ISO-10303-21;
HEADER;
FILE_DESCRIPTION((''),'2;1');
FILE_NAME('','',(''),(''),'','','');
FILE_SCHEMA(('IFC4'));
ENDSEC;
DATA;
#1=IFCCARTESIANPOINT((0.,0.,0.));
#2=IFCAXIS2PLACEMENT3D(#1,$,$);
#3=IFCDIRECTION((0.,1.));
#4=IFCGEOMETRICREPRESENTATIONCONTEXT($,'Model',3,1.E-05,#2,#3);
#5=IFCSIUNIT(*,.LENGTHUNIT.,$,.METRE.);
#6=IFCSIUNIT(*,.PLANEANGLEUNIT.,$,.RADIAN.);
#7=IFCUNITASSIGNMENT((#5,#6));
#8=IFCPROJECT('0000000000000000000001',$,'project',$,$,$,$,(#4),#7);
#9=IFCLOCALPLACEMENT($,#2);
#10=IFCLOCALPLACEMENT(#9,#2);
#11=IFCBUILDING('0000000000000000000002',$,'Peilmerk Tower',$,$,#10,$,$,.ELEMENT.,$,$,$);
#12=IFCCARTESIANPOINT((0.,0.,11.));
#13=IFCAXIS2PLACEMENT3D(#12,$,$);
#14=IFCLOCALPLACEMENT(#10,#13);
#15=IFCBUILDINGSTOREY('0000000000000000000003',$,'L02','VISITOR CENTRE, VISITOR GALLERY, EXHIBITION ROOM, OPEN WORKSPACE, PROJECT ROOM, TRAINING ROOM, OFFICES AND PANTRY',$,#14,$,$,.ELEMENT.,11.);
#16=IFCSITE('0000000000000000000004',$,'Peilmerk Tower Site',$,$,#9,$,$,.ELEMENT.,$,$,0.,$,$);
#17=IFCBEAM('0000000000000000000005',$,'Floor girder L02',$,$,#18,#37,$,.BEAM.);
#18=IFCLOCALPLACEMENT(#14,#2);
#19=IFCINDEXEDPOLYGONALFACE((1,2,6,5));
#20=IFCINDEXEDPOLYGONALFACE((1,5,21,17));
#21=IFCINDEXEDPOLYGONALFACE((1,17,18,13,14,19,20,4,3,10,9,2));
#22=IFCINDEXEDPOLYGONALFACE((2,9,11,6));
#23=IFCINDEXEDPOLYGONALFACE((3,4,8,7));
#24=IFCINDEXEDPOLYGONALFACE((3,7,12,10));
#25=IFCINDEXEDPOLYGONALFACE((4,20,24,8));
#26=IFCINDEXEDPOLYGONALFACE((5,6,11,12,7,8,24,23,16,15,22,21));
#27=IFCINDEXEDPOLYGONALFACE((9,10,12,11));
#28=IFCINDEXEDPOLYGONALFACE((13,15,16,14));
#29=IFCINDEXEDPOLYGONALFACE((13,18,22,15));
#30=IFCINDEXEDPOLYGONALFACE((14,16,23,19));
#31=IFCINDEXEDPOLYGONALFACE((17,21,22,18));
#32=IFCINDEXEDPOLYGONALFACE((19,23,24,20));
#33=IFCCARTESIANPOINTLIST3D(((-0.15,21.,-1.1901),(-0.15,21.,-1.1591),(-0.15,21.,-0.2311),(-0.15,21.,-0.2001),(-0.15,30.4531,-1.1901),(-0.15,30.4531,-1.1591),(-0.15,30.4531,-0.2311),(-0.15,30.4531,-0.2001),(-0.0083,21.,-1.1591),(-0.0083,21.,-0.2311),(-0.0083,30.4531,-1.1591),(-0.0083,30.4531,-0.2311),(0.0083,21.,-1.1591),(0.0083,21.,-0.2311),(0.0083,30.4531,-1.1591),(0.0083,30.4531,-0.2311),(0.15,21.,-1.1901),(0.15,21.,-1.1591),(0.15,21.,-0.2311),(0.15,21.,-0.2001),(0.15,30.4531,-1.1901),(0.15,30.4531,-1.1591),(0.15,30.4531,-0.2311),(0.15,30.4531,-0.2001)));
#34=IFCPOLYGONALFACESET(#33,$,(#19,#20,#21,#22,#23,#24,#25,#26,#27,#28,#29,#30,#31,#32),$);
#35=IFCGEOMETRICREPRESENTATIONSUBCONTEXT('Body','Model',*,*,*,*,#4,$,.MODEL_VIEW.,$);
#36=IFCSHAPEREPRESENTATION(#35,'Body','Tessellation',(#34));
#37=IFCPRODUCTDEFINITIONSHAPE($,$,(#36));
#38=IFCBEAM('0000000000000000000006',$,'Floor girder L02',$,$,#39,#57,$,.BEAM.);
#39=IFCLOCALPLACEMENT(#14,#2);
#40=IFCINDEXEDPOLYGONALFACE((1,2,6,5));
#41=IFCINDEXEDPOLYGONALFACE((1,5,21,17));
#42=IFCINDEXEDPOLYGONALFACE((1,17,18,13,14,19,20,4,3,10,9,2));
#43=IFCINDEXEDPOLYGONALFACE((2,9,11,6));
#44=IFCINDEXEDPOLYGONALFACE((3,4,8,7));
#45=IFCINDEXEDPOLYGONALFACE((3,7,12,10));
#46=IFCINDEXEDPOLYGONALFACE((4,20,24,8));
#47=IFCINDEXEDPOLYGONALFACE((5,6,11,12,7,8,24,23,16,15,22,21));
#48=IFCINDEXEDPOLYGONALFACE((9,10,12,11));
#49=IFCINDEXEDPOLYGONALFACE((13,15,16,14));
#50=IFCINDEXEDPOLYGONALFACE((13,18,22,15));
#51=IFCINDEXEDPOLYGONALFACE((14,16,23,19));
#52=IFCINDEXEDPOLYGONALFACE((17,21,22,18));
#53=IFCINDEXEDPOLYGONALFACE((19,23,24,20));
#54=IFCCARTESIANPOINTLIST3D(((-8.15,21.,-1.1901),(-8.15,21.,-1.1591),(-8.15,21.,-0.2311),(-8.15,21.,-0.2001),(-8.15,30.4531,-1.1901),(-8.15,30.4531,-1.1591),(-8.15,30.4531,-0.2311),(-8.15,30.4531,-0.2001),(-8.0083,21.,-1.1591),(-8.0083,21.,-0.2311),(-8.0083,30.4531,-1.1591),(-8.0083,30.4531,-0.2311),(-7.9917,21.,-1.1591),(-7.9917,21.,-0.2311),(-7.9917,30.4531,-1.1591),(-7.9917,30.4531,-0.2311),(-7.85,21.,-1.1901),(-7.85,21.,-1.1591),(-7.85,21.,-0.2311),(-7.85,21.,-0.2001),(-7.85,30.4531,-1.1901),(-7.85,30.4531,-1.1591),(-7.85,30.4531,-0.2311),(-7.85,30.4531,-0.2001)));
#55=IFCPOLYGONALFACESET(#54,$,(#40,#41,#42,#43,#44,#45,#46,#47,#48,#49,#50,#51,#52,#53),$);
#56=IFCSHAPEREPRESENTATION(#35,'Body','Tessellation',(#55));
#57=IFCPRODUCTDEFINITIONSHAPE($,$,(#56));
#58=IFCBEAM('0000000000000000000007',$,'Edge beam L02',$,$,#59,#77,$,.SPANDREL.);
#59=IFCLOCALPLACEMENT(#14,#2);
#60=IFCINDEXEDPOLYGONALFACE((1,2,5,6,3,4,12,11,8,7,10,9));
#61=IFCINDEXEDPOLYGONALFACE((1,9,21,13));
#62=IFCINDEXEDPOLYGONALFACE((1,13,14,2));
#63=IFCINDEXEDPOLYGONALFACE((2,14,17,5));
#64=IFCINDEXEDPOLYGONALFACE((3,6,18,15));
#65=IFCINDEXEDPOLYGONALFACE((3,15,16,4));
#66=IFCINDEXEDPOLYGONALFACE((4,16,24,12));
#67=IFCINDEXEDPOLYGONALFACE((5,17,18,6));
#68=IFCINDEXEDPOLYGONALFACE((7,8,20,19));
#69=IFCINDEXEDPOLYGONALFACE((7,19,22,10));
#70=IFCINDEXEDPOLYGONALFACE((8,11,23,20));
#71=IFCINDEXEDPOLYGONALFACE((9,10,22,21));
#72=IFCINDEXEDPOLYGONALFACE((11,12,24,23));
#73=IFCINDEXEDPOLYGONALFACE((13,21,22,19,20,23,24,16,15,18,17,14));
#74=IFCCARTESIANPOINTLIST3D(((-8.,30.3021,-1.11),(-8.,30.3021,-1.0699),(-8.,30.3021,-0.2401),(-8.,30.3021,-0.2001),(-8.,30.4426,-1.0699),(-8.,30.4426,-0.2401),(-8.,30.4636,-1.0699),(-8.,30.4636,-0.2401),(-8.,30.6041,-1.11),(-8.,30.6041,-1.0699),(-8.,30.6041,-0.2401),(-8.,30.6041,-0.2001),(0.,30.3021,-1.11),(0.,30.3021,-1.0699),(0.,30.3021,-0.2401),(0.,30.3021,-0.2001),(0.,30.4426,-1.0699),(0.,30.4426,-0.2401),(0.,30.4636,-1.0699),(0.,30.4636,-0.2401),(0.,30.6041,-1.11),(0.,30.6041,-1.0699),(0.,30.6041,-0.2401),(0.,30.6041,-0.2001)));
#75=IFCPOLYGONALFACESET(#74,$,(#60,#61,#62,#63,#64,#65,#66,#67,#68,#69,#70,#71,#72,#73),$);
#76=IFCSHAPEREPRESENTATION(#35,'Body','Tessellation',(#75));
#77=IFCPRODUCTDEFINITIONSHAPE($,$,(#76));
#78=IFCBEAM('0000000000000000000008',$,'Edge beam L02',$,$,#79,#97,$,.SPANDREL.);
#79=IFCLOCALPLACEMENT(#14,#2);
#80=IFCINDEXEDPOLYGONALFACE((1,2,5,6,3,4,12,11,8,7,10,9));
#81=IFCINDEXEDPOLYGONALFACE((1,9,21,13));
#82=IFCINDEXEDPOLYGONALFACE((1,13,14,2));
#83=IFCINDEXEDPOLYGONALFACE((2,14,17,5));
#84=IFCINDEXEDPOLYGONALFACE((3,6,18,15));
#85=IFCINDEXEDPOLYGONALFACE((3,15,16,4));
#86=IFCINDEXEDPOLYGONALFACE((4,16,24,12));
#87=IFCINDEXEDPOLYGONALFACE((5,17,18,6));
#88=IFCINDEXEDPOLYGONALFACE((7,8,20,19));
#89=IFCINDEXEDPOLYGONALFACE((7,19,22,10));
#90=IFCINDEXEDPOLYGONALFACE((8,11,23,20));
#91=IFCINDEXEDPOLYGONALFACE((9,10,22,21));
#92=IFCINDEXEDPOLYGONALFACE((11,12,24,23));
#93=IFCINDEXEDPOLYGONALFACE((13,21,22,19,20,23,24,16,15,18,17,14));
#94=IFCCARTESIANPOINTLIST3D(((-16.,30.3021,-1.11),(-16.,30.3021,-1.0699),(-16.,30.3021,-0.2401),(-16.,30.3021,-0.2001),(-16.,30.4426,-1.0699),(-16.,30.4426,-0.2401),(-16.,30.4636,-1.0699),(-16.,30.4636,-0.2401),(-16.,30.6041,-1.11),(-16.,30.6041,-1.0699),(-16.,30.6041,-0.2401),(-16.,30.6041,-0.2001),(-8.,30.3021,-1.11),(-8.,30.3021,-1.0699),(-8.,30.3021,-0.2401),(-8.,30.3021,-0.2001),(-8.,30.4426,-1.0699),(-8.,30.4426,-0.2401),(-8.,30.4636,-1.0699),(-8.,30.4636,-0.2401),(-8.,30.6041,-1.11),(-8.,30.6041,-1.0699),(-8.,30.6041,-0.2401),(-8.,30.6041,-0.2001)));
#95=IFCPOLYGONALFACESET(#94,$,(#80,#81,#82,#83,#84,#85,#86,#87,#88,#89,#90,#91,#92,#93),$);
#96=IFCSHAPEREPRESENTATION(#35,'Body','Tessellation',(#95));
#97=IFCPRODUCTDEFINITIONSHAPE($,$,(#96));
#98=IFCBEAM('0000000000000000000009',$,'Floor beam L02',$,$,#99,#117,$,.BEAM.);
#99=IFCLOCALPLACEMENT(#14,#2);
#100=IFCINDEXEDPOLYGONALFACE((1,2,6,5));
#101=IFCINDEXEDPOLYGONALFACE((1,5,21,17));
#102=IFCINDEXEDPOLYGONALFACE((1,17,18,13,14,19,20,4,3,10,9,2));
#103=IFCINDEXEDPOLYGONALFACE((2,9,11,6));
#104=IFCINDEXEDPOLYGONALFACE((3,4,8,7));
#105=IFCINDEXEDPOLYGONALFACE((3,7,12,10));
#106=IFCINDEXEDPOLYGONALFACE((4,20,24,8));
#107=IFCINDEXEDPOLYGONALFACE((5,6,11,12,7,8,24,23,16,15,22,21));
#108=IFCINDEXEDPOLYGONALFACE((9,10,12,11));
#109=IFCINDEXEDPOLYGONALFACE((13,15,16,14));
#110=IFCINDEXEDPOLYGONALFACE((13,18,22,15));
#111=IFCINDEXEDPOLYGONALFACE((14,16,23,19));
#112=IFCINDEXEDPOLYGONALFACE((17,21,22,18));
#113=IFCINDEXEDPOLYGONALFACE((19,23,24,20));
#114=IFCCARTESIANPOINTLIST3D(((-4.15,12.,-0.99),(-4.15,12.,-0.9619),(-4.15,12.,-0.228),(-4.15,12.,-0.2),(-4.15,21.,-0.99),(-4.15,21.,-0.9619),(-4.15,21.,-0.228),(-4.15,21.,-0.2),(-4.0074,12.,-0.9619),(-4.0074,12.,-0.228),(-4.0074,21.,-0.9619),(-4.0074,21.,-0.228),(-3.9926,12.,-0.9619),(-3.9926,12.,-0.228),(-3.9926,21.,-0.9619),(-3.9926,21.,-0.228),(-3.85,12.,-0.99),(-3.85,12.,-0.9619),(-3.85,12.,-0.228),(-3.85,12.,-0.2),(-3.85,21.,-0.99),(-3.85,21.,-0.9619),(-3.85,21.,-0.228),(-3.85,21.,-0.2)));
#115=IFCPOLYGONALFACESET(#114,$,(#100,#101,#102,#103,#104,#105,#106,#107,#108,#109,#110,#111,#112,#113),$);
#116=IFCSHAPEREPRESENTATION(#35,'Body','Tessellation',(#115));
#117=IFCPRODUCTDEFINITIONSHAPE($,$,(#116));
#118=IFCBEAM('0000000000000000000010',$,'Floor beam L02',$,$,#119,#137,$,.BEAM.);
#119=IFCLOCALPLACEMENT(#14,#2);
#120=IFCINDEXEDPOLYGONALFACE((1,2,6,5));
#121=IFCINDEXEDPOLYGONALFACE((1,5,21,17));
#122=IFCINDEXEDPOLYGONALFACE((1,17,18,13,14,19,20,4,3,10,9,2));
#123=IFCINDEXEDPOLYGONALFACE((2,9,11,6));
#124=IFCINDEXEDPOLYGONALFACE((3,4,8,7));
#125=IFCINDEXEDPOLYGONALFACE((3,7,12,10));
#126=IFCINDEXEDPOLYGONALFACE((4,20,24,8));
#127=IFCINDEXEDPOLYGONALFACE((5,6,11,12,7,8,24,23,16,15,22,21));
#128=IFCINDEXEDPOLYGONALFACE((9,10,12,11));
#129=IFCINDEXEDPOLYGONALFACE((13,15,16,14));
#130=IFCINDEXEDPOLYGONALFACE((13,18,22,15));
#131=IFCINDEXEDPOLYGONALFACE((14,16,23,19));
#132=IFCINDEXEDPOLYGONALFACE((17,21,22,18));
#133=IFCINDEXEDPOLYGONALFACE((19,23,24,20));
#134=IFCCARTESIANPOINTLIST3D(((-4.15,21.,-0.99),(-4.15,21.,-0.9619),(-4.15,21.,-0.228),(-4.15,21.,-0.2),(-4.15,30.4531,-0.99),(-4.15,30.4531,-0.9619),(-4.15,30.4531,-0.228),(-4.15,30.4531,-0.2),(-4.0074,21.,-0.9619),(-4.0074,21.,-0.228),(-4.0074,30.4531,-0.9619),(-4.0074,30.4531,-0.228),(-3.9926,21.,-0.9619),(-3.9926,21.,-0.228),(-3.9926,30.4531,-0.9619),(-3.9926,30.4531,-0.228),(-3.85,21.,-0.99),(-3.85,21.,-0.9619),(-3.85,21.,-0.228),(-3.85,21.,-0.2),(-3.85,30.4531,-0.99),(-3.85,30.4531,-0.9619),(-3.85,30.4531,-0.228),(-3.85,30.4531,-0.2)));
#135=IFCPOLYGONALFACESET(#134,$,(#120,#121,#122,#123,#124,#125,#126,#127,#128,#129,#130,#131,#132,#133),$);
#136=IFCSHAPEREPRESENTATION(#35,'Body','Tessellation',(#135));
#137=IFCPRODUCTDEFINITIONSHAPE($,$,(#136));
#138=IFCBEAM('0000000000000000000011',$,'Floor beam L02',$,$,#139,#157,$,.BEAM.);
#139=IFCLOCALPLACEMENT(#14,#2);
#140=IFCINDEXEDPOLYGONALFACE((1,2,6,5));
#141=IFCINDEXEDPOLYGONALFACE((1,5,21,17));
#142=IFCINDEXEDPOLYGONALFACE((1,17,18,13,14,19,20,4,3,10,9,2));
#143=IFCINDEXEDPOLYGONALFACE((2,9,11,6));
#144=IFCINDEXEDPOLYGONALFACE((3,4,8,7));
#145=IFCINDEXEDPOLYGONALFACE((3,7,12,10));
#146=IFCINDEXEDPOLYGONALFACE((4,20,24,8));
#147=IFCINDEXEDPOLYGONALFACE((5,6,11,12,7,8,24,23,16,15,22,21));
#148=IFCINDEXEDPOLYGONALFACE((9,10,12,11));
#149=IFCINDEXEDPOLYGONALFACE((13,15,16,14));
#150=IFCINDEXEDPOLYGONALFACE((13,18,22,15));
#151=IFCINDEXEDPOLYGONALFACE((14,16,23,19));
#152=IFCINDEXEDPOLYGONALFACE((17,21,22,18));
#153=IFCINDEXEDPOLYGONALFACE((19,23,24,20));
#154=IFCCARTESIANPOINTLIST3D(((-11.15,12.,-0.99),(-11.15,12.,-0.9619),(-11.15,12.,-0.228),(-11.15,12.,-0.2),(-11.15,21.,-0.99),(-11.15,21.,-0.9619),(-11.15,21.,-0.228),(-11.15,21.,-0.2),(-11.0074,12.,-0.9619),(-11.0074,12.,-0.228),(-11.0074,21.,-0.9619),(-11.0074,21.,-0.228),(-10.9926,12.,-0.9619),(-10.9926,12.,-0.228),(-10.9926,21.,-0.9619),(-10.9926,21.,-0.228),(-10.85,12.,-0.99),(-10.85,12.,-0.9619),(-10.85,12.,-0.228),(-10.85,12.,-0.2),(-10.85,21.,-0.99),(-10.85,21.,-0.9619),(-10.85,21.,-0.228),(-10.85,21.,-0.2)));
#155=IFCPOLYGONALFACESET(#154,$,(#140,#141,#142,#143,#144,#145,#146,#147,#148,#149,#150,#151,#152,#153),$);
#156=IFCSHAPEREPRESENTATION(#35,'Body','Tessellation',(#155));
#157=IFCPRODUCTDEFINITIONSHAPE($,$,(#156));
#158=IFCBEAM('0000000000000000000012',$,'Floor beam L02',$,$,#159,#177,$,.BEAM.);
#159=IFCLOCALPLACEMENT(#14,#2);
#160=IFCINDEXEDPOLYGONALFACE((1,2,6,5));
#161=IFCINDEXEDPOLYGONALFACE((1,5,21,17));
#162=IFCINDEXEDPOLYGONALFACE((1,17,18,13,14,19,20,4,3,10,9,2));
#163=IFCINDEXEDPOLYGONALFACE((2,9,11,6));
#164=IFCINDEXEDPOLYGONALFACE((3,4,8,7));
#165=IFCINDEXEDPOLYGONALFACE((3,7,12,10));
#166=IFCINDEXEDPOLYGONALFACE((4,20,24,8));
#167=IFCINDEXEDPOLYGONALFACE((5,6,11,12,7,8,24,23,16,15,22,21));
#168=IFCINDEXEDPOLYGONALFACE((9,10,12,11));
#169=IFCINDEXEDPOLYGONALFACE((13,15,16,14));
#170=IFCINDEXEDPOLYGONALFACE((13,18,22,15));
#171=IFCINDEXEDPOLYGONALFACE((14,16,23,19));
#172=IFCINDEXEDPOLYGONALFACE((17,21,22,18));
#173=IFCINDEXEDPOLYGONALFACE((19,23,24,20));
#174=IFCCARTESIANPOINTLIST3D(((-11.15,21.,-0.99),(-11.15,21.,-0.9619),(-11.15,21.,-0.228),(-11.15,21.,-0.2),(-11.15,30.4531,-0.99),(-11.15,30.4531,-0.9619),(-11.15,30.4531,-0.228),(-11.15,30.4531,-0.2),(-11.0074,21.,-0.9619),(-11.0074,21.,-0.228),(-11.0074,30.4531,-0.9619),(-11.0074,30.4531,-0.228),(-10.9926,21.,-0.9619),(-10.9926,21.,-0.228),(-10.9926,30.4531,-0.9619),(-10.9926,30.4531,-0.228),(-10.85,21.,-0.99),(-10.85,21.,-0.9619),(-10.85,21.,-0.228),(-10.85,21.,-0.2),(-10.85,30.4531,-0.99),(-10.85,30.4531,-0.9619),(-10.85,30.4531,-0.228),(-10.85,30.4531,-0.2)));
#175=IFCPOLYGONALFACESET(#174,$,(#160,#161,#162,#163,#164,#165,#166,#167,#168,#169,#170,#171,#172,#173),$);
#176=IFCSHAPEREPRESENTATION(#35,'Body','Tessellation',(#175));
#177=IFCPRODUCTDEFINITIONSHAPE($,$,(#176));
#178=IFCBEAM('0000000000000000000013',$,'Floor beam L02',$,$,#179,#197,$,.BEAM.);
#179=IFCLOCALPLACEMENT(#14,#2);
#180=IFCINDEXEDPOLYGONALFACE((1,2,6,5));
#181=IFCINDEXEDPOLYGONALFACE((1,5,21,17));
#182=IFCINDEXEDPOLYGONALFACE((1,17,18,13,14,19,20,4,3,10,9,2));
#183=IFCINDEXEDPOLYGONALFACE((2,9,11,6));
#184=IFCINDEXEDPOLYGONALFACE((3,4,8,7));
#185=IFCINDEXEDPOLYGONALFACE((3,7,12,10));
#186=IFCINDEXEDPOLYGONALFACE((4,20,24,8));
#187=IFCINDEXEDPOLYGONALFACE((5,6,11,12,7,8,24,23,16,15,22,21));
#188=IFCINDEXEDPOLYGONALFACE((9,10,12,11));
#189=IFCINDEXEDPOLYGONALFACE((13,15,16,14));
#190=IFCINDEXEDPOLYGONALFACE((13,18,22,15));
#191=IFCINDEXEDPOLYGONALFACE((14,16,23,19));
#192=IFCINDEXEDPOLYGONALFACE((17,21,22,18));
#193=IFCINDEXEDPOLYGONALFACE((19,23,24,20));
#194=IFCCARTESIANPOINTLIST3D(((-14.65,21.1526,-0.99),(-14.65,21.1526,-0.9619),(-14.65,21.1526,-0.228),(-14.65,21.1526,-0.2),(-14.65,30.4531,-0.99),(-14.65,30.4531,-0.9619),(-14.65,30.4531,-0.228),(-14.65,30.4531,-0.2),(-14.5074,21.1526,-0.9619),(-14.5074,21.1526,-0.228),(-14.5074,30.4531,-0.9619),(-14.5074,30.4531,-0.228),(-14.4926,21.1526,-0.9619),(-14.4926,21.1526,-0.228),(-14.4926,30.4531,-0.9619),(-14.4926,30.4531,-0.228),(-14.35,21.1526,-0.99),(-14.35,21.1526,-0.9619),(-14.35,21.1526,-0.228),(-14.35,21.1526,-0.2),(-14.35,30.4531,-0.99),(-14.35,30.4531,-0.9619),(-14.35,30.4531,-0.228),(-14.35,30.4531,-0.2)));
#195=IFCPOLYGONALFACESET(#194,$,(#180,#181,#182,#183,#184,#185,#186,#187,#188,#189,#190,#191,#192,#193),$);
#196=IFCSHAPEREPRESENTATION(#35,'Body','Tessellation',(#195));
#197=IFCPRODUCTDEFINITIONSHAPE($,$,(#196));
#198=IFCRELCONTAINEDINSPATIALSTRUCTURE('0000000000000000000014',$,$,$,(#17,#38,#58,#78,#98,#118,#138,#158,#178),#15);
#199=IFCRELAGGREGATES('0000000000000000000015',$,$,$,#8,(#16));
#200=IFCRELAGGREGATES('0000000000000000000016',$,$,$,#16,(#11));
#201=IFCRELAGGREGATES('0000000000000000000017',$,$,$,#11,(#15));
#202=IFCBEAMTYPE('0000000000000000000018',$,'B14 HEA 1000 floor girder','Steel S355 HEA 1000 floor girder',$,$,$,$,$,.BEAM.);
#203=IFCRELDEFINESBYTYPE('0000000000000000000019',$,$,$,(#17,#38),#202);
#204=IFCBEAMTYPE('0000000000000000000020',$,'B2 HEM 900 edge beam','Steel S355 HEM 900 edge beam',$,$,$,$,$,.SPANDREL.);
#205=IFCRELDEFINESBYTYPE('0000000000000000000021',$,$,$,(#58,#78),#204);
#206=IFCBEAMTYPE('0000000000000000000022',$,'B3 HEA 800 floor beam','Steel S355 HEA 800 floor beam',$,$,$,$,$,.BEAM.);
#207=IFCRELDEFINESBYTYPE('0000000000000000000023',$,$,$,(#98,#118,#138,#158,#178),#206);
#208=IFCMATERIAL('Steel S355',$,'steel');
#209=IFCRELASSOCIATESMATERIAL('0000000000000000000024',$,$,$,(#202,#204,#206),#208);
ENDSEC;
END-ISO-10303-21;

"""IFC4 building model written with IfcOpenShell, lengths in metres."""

from ifc_helpers import new_model, si_unit, direction, frame, origin, origin_2d, place, context, subcontext, project, spatial, i_section, extrude, material, material_profile, profile_set, type_object, element, save


model = new_model("IFC4")

# Units and contexts
model_context = context("Model", 3, precision=1e-05, world=origin(), true_north=direction((0.0, 1.0)))
body_context = subcontext(model_context, "Body", "Model", "MODEL_VIEW")
ifc_project = project(units=[si_unit("LENGTHUNIT", "METRE"), si_unit("PLANEANGLEUNIT", "RADIAN")], contexts=[model_context])

# Site, building, storey
site_placement = place(None, origin())
site = spatial("IfcSite", under=ifc_project, at=site_placement, Name="Peilmerk Tower Site", CompositionType="ELEMENT", RefElevation=0.0)
building_placement = place(site_placement, origin())
building = spatial("IfcBuilding", under=site, at=building_placement, Name="Peilmerk Tower", CompositionType="ELEMENT")
storey_placement = place(building_placement, frame((0.0, 0.0, 11.0)))
storey = spatial("IfcBuildingStorey", under=building, at=storey_placement, Name="L02", Description="VISITOR CENTRE, VISITOR GALLERY, EXHIBITION ROOM, OPEN WORKSPACE, PROJECT ROOM, TRAINING ROOM, OFFICES AND PANTRY", CompositionType="ELEMENT", Elevation=11.0)

# Beams
ifc_material_1 = material(Name="Steel S355", Category="steel")
ifc_material_profile_1 = material_profile(ifc_material_1, i_section(OverallWidth=0.3, OverallDepth=0.99, WebThickness=0.0166, FlangeThickness=0.031, at=origin_2d()), Name="HEA 1000")
ifc_profile_set_1 = profile_set([ifc_material_profile_1], Name="Steel S355")
beam_type_1 = type_object("IfcBeamType", Name="B14 HEA 1000 floor girder", Description="Steel S355 HEA 1000 floor girder", PredefinedType="BEAM", material=ifc_profile_set_1)
for number, where, z_axis, x_axis, name in (
    (1, (0.0, 21.0, -0.6951), (0.0, 1.0, 0.0), (-1.0, 0.0, 0.0), "Floor girder L02"),
    (2, (-8.0, 21.0, -0.6951), (0.0, 1.0, 0.0), (-1.0, 0.0, 0.0), "Floor girder L02"),
):
    element("IfcBeam", number, at=place(storey_placement, frame(where, z_axis=z_axis, x_axis=x_axis)), inside=storey, type_object=beam_type_1, Name=name, PredefinedType="BEAM", context=body_context, shape_type="SweptSolid", body=[
        extrude(i_section(OverallWidth=0.3, OverallDepth=0.99, WebThickness=0.0166, FlangeThickness=0.031, at=origin_2d()), origin(), (0.0, 0.0, 1.0), 9.4531),
    ])
ifc_material_profile_2 = material_profile(ifc_material_1, i_section(OverallWidth=0.302, OverallDepth=0.9099, WebThickness=0.021, FlangeThickness=0.04, at=origin_2d()), Name="HEM 900")
ifc_profile_set_2 = profile_set([ifc_material_profile_2], Name="Steel S355")
beam_type_2 = type_object("IfcBeamType", Name="B2 HEM 900 edge beam", Description="Steel S355 HEM 900 edge beam", PredefinedType="SPANDREL", material=ifc_profile_set_2)
for number, where, z_axis, x_axis, name in (
    (3, (0.0, 30.4531, -0.655), (-1.0, 0.0, 0.0), (0.0, -1.0, 0.0), "Edge beam L02"),
    (4, (-8.0, 30.4531, -0.655), (-1.0, 0.0, 0.0), (0.0, -1.0, 0.0), "Edge beam L02"),
):
    element("IfcBeam", number, at=place(storey_placement, frame(where, z_axis=z_axis, x_axis=x_axis)), inside=storey, type_object=beam_type_2, Name=name, PredefinedType="SPANDREL", context=body_context, shape_type="SweptSolid", body=[
        extrude(i_section(OverallWidth=0.302, OverallDepth=0.9099, WebThickness=0.021, FlangeThickness=0.04, at=origin_2d()), origin(), (0.0, 0.0, 1.0), 8.0),
    ])
ifc_material_profile_3 = material_profile(ifc_material_1, i_section(OverallWidth=0.3, OverallDepth=0.79, WebThickness=0.0149, FlangeThickness=0.0281, at=origin_2d()), Name="HEA 800")
ifc_profile_set_3 = profile_set([ifc_material_profile_3], Name="Steel S355")
beam_type_3 = type_object("IfcBeamType", Name="B3 HEA 800 floor beam", Description="Steel S355 HEA 800 floor beam", PredefinedType="BEAM", material=ifc_profile_set_3)
beam_1_placement = place(storey_placement, frame((-4.0, 12.0, -0.595), z_axis=(0.0, 1.0, 0.0), x_axis=(-1.0, 0.0, 0.0)))
element("IfcBeam", 5, at=beam_1_placement, inside=storey, type_object=beam_type_3, Name="Floor beam L02", PredefinedType="BEAM", context=body_context, shape_type="SweptSolid", body=[
    extrude(i_section(OverallWidth=0.3, OverallDepth=0.79, WebThickness=0.0149, FlangeThickness=0.0281, at=origin_2d()), origin(), (0.0, 0.0, 1.0), 9.0),
])
beam_2_placement = place(storey_placement, frame((-4.0, 21.0, -0.595), z_axis=(0.0, 1.0, 0.0), x_axis=(-1.0, 0.0, 0.0)))
element("IfcBeam", 6, at=beam_2_placement, inside=storey, type_object=beam_type_3, Name="Floor beam L02", PredefinedType="BEAM", context=body_context, shape_type="SweptSolid", body=[
    extrude(i_section(OverallWidth=0.3, OverallDepth=0.79, WebThickness=0.0149, FlangeThickness=0.0281, at=origin_2d()), origin(), (0.0, 0.0, 1.0), 9.4531),
])
beam_3_placement = place(storey_placement, frame((-11.0, 12.0, -0.595), z_axis=(0.0, 1.0, 0.0), x_axis=(-1.0, 0.0, 0.0)))
element("IfcBeam", 7, at=beam_3_placement, inside=storey, type_object=beam_type_3, Name="Floor beam L02", PredefinedType="BEAM", context=body_context, shape_type="SweptSolid", body=[
    extrude(i_section(OverallWidth=0.3, OverallDepth=0.79, WebThickness=0.0149, FlangeThickness=0.0281, at=origin_2d()), origin(), (0.0, 0.0, 1.0), 9.0),
])
beam_4_placement = place(storey_placement, frame((-11.0, 21.0, -0.595), z_axis=(0.0, 1.0, 0.0), x_axis=(-1.0, 0.0, 0.0)))
element("IfcBeam", 8, at=beam_4_placement, inside=storey, type_object=beam_type_3, Name="Floor beam L02", PredefinedType="BEAM", context=body_context, shape_type="SweptSolid", body=[
    extrude(i_section(OverallWidth=0.3, OverallDepth=0.79, WebThickness=0.0149, FlangeThickness=0.0281, at=origin_2d()), origin(), (0.0, 0.0, 1.0), 9.4531),
])
beam_5_placement = place(storey_placement, frame((-14.5, 21.1526, -0.595), z_axis=(0.0, 1.0, 0.0), x_axis=(-1.0, 0.0, 0.0)))
element("IfcBeam", 9, at=beam_5_placement, inside=storey, type_object=beam_type_3, Name="Floor beam L02", PredefinedType="BEAM", context=body_context, shape_type="SweptSolid", body=[
    extrude(i_section(OverallWidth=0.3, OverallDepth=0.79, WebThickness=0.0149, FlangeThickness=0.0281, at=origin_2d()), origin(), (0.0, 0.0, 1.0), 9.3005),
])

save(model, "model.ifc")
